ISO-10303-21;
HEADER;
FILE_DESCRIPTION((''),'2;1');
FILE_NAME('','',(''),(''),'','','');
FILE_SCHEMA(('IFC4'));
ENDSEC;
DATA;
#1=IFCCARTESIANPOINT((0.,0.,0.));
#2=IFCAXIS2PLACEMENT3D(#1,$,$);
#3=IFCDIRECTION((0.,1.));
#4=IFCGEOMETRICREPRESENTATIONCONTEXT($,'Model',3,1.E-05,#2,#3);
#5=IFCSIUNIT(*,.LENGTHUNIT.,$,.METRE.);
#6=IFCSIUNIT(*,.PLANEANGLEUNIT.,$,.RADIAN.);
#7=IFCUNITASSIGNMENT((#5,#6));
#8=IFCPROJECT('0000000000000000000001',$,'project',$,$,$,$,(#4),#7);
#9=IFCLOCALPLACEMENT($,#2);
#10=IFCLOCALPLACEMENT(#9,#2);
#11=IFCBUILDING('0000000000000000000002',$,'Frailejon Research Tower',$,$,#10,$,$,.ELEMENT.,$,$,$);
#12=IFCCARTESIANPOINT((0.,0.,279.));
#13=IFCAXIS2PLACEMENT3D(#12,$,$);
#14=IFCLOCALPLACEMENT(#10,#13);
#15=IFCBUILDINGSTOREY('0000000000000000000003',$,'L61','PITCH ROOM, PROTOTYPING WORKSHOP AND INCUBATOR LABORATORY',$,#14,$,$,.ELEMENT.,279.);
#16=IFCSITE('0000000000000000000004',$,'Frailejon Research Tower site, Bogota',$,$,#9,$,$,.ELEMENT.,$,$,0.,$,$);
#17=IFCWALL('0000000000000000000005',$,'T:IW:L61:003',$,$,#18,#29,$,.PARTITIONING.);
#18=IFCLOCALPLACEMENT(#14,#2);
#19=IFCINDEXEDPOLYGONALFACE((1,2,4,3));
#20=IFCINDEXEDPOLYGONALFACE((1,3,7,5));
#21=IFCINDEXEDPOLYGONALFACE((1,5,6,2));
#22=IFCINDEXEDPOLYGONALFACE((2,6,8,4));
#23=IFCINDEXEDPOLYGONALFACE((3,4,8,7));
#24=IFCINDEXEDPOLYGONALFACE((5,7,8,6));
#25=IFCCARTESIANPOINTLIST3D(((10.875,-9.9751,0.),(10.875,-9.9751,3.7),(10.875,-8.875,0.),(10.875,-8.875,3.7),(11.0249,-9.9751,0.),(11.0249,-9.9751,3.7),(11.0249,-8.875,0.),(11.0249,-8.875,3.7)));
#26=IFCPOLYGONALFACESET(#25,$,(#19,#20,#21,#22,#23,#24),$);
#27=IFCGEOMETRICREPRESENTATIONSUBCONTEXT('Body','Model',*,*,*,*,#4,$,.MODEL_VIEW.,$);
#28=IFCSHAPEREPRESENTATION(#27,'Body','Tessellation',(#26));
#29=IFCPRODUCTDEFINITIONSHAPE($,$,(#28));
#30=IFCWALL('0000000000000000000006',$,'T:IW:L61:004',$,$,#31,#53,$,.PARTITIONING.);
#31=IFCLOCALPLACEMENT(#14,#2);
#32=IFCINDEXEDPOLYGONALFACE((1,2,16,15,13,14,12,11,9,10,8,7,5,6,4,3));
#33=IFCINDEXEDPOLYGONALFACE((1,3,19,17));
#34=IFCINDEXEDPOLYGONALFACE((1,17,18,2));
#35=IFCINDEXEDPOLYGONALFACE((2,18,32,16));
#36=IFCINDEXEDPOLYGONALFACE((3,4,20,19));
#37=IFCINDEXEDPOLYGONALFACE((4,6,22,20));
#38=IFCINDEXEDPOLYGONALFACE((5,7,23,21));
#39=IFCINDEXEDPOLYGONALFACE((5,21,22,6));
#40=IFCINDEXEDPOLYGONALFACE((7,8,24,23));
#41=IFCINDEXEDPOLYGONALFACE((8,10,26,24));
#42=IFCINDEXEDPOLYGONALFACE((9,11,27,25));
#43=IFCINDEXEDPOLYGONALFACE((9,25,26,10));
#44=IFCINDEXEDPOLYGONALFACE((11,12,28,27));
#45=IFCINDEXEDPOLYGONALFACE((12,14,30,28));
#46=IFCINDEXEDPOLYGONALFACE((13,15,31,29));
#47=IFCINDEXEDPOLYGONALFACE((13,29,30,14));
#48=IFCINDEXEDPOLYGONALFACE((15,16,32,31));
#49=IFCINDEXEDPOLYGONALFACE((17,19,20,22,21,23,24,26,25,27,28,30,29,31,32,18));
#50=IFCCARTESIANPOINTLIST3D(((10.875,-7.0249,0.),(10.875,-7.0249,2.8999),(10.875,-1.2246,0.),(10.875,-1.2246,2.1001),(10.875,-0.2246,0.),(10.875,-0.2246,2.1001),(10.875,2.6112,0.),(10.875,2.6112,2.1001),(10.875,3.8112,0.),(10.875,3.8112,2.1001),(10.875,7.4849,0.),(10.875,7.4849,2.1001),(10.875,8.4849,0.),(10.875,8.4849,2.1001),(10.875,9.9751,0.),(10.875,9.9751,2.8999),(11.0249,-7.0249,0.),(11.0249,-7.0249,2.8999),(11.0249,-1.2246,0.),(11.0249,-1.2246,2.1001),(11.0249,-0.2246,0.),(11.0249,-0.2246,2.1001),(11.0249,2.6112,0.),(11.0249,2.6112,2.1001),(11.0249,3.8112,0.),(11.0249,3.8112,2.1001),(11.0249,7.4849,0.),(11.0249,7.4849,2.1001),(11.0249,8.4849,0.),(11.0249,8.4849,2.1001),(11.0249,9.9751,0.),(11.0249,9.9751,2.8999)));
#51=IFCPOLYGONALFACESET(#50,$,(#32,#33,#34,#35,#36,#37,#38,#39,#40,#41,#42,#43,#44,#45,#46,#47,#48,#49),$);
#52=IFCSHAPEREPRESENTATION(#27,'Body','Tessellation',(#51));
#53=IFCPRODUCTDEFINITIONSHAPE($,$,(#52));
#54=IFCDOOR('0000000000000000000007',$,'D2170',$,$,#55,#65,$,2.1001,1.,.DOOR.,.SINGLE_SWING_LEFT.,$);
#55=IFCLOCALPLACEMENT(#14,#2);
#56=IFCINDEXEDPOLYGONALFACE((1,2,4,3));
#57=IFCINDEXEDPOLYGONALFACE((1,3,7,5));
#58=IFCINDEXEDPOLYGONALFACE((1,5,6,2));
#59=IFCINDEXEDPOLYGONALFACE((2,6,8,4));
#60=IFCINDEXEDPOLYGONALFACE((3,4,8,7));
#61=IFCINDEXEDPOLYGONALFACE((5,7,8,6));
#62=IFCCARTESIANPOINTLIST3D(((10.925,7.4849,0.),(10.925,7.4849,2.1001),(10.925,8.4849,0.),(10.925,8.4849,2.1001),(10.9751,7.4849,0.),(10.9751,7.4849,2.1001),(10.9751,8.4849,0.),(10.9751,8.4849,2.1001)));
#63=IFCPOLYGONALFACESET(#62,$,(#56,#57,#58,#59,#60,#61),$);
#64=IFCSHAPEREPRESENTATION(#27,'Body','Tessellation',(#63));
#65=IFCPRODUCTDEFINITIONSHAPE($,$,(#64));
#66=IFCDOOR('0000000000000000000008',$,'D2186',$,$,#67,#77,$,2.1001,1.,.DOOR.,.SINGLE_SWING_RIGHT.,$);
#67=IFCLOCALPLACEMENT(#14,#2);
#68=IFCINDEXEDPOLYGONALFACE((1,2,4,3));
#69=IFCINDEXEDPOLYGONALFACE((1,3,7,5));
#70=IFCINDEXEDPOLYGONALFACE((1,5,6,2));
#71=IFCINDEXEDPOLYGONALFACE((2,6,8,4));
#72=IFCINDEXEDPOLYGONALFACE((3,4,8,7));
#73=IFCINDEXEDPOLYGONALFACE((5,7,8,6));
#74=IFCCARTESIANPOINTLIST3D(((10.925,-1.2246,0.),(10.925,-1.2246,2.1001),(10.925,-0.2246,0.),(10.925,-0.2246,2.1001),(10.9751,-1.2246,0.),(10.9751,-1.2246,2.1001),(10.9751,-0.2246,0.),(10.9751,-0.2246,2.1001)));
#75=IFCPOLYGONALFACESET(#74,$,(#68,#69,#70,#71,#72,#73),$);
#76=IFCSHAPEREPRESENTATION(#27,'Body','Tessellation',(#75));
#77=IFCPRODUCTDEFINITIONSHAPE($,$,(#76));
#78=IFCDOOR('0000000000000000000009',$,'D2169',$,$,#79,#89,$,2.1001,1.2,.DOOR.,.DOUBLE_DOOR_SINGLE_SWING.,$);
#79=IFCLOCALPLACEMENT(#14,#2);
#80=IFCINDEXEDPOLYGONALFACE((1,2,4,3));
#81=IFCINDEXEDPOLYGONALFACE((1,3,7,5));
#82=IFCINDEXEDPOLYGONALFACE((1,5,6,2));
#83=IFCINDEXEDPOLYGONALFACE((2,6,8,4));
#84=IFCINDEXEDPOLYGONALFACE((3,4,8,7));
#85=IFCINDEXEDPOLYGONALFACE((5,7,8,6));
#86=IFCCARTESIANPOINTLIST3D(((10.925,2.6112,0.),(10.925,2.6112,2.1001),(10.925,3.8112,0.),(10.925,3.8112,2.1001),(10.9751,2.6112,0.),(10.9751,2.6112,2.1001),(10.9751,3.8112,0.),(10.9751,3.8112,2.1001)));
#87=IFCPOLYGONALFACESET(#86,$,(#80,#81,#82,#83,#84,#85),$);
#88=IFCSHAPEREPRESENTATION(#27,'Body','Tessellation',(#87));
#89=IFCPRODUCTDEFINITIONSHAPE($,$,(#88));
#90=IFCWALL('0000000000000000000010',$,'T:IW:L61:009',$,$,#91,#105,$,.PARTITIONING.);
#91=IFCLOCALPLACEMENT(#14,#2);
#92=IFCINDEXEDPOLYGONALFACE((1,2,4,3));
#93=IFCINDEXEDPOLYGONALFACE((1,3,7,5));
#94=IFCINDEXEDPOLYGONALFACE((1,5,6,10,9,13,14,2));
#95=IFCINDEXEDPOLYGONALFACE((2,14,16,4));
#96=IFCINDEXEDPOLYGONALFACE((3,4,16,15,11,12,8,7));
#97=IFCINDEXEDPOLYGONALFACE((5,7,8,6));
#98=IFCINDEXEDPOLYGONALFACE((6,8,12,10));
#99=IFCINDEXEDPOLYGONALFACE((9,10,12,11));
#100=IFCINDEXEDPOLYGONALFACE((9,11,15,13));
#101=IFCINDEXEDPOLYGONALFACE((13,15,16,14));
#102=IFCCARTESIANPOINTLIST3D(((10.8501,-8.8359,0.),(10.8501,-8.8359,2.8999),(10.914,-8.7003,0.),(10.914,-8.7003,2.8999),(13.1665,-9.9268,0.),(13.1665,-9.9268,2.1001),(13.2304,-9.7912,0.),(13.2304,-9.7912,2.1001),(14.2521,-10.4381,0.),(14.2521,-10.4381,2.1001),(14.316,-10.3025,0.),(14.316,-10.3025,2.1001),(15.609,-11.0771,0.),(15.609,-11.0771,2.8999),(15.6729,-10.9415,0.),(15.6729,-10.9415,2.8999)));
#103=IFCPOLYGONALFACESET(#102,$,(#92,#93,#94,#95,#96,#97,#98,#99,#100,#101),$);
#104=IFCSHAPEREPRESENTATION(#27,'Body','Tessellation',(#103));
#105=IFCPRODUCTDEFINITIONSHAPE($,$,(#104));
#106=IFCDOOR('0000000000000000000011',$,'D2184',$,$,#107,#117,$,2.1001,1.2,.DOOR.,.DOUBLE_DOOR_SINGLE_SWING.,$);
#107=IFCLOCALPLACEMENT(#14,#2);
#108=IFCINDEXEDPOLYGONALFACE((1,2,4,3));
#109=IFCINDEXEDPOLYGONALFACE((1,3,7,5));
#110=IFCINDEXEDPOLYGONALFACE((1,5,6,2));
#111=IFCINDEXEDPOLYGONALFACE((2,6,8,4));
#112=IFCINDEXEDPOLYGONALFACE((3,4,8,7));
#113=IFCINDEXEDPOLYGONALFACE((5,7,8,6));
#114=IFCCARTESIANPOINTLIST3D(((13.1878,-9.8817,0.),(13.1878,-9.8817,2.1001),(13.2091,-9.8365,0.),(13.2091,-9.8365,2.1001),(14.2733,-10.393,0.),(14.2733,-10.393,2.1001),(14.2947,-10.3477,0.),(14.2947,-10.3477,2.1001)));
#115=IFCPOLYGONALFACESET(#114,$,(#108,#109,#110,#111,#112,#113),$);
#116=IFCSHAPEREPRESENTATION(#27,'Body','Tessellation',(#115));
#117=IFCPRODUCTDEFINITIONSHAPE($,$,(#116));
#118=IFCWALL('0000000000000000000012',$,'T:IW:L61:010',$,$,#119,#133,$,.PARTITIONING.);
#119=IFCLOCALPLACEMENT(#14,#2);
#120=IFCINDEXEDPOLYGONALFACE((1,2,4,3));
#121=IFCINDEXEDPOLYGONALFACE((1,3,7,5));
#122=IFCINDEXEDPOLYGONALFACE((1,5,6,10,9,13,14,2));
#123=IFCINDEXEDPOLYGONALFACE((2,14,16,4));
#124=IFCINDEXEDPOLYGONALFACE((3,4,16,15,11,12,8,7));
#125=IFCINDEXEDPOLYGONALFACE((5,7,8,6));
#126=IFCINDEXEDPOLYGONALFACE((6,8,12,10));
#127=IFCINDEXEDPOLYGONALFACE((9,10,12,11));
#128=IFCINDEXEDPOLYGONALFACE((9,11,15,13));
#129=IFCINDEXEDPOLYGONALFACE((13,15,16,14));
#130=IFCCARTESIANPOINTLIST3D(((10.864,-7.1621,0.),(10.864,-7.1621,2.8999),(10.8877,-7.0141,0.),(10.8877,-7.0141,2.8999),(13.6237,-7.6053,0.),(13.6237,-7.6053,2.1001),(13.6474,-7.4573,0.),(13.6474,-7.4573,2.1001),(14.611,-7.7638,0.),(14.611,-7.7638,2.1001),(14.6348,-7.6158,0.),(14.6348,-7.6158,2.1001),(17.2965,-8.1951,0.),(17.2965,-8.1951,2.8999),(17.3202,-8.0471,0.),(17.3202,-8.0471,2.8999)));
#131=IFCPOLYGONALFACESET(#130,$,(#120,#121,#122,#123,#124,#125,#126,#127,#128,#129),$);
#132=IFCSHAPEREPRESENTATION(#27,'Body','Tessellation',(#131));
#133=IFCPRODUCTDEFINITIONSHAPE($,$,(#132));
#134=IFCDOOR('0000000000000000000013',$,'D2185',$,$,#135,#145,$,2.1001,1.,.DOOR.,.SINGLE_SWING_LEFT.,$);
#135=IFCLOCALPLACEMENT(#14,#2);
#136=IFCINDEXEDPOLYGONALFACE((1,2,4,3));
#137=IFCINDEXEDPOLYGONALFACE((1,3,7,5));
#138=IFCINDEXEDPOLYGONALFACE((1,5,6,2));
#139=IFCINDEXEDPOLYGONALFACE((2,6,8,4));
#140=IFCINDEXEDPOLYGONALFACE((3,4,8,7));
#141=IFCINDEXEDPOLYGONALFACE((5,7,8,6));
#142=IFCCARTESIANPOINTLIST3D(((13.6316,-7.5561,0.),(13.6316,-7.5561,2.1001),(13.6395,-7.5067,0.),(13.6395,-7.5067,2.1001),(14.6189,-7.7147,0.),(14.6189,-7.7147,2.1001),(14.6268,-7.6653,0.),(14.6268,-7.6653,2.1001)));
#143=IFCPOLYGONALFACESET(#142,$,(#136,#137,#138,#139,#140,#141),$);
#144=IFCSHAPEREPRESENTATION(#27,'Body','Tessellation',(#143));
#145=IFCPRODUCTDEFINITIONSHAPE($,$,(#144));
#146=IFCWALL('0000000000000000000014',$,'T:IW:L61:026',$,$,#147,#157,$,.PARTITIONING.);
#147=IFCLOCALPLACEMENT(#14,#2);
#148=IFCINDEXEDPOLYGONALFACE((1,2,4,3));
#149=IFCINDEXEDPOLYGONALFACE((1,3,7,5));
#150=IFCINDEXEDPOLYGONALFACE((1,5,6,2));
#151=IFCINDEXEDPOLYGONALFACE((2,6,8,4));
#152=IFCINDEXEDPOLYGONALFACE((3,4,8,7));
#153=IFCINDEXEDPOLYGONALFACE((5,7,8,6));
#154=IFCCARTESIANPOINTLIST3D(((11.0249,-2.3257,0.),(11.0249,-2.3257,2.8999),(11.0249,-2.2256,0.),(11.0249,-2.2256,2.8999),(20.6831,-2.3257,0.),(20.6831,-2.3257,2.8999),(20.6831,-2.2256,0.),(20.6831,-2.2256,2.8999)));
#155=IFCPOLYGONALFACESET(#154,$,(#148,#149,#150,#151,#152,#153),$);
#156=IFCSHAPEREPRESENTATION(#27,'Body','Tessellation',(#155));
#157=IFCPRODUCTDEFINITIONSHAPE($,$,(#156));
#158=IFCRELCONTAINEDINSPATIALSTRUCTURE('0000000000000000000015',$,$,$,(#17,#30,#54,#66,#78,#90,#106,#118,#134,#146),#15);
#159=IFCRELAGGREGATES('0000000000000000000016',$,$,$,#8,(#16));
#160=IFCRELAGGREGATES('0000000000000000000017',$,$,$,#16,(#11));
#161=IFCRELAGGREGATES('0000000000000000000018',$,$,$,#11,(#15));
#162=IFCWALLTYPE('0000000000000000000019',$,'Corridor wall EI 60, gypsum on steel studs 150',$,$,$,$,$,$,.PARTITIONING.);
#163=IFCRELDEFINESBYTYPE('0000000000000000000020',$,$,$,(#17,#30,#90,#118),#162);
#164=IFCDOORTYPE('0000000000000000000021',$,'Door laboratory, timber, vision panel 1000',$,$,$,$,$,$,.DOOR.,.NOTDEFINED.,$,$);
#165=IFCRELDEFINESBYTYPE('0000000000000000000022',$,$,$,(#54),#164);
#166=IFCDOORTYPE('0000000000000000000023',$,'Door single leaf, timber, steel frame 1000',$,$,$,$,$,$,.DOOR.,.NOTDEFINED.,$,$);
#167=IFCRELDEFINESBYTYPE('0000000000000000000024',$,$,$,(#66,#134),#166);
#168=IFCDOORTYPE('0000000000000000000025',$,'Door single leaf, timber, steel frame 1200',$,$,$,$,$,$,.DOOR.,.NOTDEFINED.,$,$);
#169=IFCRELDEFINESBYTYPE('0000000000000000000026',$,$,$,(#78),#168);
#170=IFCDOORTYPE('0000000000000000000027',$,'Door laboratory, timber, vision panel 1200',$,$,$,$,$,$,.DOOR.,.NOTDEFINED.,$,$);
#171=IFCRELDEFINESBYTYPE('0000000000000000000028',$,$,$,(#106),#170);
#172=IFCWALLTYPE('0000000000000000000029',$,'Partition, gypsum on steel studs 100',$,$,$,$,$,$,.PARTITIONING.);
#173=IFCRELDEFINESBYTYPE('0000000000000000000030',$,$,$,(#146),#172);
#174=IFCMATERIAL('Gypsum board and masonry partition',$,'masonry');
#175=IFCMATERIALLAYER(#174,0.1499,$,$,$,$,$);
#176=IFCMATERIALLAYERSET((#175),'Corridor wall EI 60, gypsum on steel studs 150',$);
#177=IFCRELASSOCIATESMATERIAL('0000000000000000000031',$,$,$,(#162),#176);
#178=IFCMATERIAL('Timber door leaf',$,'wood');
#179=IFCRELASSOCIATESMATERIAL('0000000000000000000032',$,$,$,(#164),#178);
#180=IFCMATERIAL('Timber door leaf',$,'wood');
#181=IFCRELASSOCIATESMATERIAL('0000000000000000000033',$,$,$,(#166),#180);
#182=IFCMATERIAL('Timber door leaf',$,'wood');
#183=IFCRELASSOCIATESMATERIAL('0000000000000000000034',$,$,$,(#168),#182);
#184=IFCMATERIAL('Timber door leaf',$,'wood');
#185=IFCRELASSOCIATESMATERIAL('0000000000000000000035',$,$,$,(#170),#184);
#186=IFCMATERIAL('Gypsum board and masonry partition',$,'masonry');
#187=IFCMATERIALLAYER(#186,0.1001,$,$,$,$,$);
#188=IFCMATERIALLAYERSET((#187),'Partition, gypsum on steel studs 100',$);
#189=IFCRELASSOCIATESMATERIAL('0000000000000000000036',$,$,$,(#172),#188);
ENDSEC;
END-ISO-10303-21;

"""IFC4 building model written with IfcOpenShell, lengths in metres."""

from ifc_helpers import new_model, si_unit, direction, frame, frame_2d, origin, place, context, subcontext, project, spatial, rectangle, extrude, material, layer, layer_set, type_object, element, fill, save


model = new_model("IFC4")

# Units and contexts
model_context = context("Model", 3, precision=1e-05, world=origin(), true_north=direction((0.0, 1.0)))
body_context = subcontext(model_context, "Body", "Model", "MODEL_VIEW")
ifc_project = project(units=[si_unit("LENGTHUNIT", "METRE"), si_unit("PLANEANGLEUNIT", "RADIAN")], contexts=[model_context])

# Site, building, storey
site_placement = place(None, origin())
site = spatial("IfcSite", under=ifc_project, at=site_placement, Name="Frailejon Research Tower site, Bogota", CompositionType="ELEMENT", RefElevation=0.0)
building_placement = place(site_placement, origin())
building = spatial("IfcBuilding", under=site, at=building_placement, Name="Frailejon Research Tower", CompositionType="ELEMENT")
storey_placement = place(building_placement, frame((0.0, 0.0, 279.0)))
storey = spatial("IfcBuildingStorey", under=building, at=storey_placement, Name="L61", Description="PITCH ROOM, PROTOTYPING WORKSHOP AND INCUBATOR LABORATORY", CompositionType="ELEMENT", Elevation=279.0)

# Wall
ifc_material_1 = material(Name="Gypsum board and masonry partition", Category="masonry")
ifc_layer_1 = layer(ifc_material_1, 0.1499)
ifc_layer_set_1 = layer_set([ifc_layer_1], Name="Corridor wall EI 60, gypsum on steel studs 150")
wall_type_1 = type_object("IfcWallType", Name="Corridor wall EI 60, gypsum on steel studs 150", PredefinedType="PARTITIONING", material=ifc_layer_set_1)
wall_1_placement = place(storey_placement, frame((10.95, -9.9751, 0.0), z_axis=(0.0, 0.0, 1.0), x_axis=(0.0, 1.0, 0.0)))
element("IfcWall", 1, at=wall_1_placement, inside=storey, type_object=wall_type_1, Name="T:IW:L61:003", PredefinedType="PARTITIONING", context=body_context, shape_type="SweptSolid", body=[
    extrude(rectangle(XDim=1.1001, YDim=0.1499, at=frame_2d((0.55, 0.0))), origin(), (0.0, 0.0, 1.0), 3.7),
])

# Wall, openings, doors
wall_2_placement = place(storey_placement, frame((10.95, -7.0249, 0.0), z_axis=(0.0, 0.0, 1.0), x_axis=(0.0, 1.0, 0.0)))
wall_2 = element("IfcWall", 2, at=wall_2_placement, inside=storey, type_object=wall_type_1, Name="T:IW:L61:004", PredefinedType="PARTITIONING", context=body_context, shape_type="SweptSolid", body=[
    extrude(rectangle(XDim=17.0, YDim=0.1499, at=frame_2d((8.5, 0.0))), origin(), (0.0, 0.0, 1.0), 2.8999),
])
opening_1_placement = place(wall_2_placement, frame((9.636, 0.0, 0.0)))
opening_1 = element("IfcOpeningElement", 3, at=opening_1_placement, cuts=wall_2, PredefinedType="OPENING", context=body_context, shape_type="SweptSolid", body=[
    extrude(rectangle(XDim=1.2, YDim=2.1001, at=frame_2d((0.6001, 1.05))), frame((0.0, 0.085, 0.0), z_axis=(0.0, -1.0, 0.0), x_axis=(1.0, 0.0, 0.0)), (0.0, 0.0, 1.0), 0.1699),
])
opening_2_placement = place(wall_2_placement, frame((14.5098, 0.0, 0.0)))
opening_2 = element("IfcOpeningElement", 4, at=opening_2_placement, cuts=wall_2, PredefinedType="OPENING", context=body_context, shape_type="SweptSolid", body=[
    extrude(rectangle(XDim=1.0, YDim=2.1001, at=frame_2d((0.5, 1.05))), frame((0.0, 0.085, 0.0), z_axis=(0.0, -1.0, 0.0), x_axis=(1.0, 0.0, 0.0)), (0.0, 0.0, 1.0), 0.1699),
])
opening_3_placement = place(wall_2_placement, frame((5.8003, 0.0, 0.0)))
opening_3 = element("IfcOpeningElement", 5, at=opening_3_placement, cuts=wall_2, PredefinedType="OPENING", context=body_context, shape_type="SweptSolid", body=[
    extrude(rectangle(XDim=1.0, YDim=2.1001, at=frame_2d((0.5, 1.05))), frame((0.0, 0.085, 0.0), z_axis=(0.0, -1.0, 0.0), x_axis=(1.0, 0.0, 0.0)), (0.0, 0.0, 1.0), 0.1699),
])
ifc_material_2 = material(Name="Timber door leaf", Category="wood")
door_type_1 = type_object("IfcDoorType", Name="Door laboratory, timber, vision panel 1000", OperationType="NOTDEFINED", PredefinedType="DOOR", material=ifc_material_2)
door_1_placement = place(opening_2_placement, origin())
door_1 = element("IfcDoor", 6, at=door_1_placement, inside=storey, type_object=door_type_1, Name="D2170", OperationType="SINGLE_SWING_LEFT", OverallHeight=2.1001, OverallWidth=1.0, PredefinedType="DOOR", context=body_context, shape_type="SweptSolid", body=[
    extrude(rectangle(XDim=1.0, YDim=2.1001, at=frame_2d((0.5, 1.05))), frame((0.0, 0.0249, 0.0), z_axis=(0.0, -1.0, 0.0), x_axis=(1.0, 0.0, 0.0)), (0.0, 0.0, 1.0), 0.05),
])
fill(opening_2, door_1)
ifc_material_3 = material(Name="Timber door leaf", Category="wood")
door_type_2 = type_object("IfcDoorType", Name="Door single leaf, timber, steel frame 1000", OperationType="NOTDEFINED", PredefinedType="DOOR", material=ifc_material_3)
door_2_placement = place(opening_3_placement, origin())
door_2 = element("IfcDoor", 7, at=door_2_placement, inside=storey, type_object=door_type_2, Name="D2186", OperationType="SINGLE_SWING_RIGHT", OverallHeight=2.1001, OverallWidth=1.0, PredefinedType="DOOR", context=body_context, shape_type="SweptSolid", body=[
    extrude(rectangle(XDim=1.0, YDim=2.1001, at=frame_2d((0.5, 1.05))), frame((0.0, 0.0249, 0.0), z_axis=(0.0, -1.0, 0.0), x_axis=(1.0, 0.0, 0.0)), (0.0, 0.0, 1.0), 0.05),
])
fill(opening_3, door_2)
ifc_material_4 = material(Name="Timber door leaf", Category="wood")
door_type_3 = type_object("IfcDoorType", Name="Door single leaf, timber, steel frame 1200", OperationType="NOTDEFINED", PredefinedType="DOOR", material=ifc_material_4)
door_3_placement = place(opening_1_placement, origin())
door_3 = element("IfcDoor", 8, at=door_3_placement, inside=storey, type_object=door_type_3, Name="D2169", OperationType="DOUBLE_DOOR_SINGLE_SWING", OverallHeight=2.1001, OverallWidth=1.2, PredefinedType="DOOR", context=body_context, shape_type="SweptSolid", body=[
    extrude(rectangle(XDim=1.2, YDim=2.1001, at=frame_2d((0.6001, 1.05))), frame((0.0, 0.0249, 0.0), z_axis=(0.0, -1.0, 0.0), x_axis=(1.0, 0.0, 0.0)), (0.0, 0.0, 1.0), 0.05),
])
fill(opening_1, door_3)

# Walls, openings, doors
wall_3_placement = place(storey_placement, frame((10.8821, -8.7681, 0.0), z_axis=(0.0, 0.0, 1.0), x_axis=(0.904688, -0.426074, 0.0)))
wall_3 = element("IfcWall", 9, at=wall_3_placement, inside=storey, type_object=wall_type_1, Name="T:IW:L61:009", PredefinedType="PARTITIONING", context=body_context, shape_type="SweptSolid", body=[
    extrude(rectangle(XDim=5.2603, YDim=0.1499, at=frame_2d((2.6301, 0.0))), origin(), (0.0, 0.0, 1.0), 2.8999),
])
opening_4_placement = place(wall_3_placement, frame((2.5603, 0.0, 0.0)))
opening_4 = element("IfcOpeningElement", 10, at=opening_4_placement, cuts=wall_3, PredefinedType="OPENING", context=body_context, shape_type="SweptSolid", body=[
    extrude(rectangle(XDim=1.2, YDim=2.1001, at=frame_2d((0.6001, 1.05))), frame((0.0, 0.085, 0.0), z_axis=(0.0, -1.0, 0.0), x_axis=(1.0, 0.0, 0.0)), (0.0, 0.0, 1.0), 0.1699),
])
ifc_material_5 = material(Name="Timber door leaf", Category="wood")
door_type_4 = type_object("IfcDoorType", Name="Door laboratory, timber, vision panel 1200", OperationType="NOTDEFINED", PredefinedType="DOOR", material=ifc_material_5)
door_4_placement = place(opening_4_placement, origin())
door_4 = element("IfcDoor", 11, at=door_4_placement, inside=storey, type_object=door_type_4, Name="D2184", OperationType="DOUBLE_DOOR_SINGLE_SWING", OverallHeight=2.1001, OverallWidth=1.2, PredefinedType="DOOR", context=body_context, shape_type="SweptSolid", body=[
    extrude(rectangle(XDim=1.2, YDim=2.1001, at=frame_2d((0.6001, 1.05))), frame((0.0, 0.0249, 0.0), z_axis=(0.0, -1.0, 0.0), x_axis=(1.0, 0.0, 0.0)), (0.0, 0.0, 1.0), 0.05),
])
fill(opening_4, door_4)
wall_4_placement = place(storey_placement, frame((10.876, -7.0881, 0.0), z_axis=(0.0, 0.0, 1.0), x_axis=(0.98735, -0.158556, 0.0)))
wall_4 = element("IfcWall", 12, at=wall_4_placement, inside=storey, type_object=wall_type_1, Name="T:IW:L61:010", PredefinedType="PARTITIONING", context=body_context, shape_type="SweptSolid", body=[
    extrude(rectangle(XDim=6.5149, YDim=0.1499, at=frame_2d((3.2573, 0.0))), origin(), (0.0, 0.0, 1.0), 2.8999),
])
opening_5_placement = place(wall_4_placement, frame((2.7949, 0.0, 0.0)))
opening_5 = element("IfcOpeningElement", 13, at=opening_5_placement, cuts=wall_4, PredefinedType="OPENING", context=body_context, shape_type="SweptSolid", body=[
    extrude(rectangle(XDim=1.0, YDim=2.1001, at=frame_2d((0.5, 1.05))), frame((0.0, 0.085, 0.0), z_axis=(0.0, -1.0, 0.0), x_axis=(1.0, 0.0, 0.0)), (0.0, 0.0, 1.0), 0.1699),
])
door_5_placement = place(opening_5_placement, origin())
door_5 = element("IfcDoor", 14, at=door_5_placement, inside=storey, type_object=door_type_2, Name="D2185", OperationType="SINGLE_SWING_LEFT", OverallHeight=2.1001, OverallWidth=1.0, PredefinedType="DOOR", context=body_context, shape_type="SweptSolid", body=[
    extrude(rectangle(XDim=1.0, YDim=2.1001, at=frame_2d((0.5, 1.05))), frame((0.0, 0.0249, 0.0), z_axis=(0.0, -1.0, 0.0), x_axis=(1.0, 0.0, 0.0)), (0.0, 0.0, 1.0), 0.05),
])
fill(opening_5, door_5)

# Wall
ifc_material_6 = material(Name="Gypsum board and masonry partition", Category="masonry")
ifc_layer_2 = layer(ifc_material_6, 0.1001)
ifc_layer_set_2 = layer_set([ifc_layer_2], Name="Partition, gypsum on steel studs 100")
wall_type_2 = type_object("IfcWallType", Name="Partition, gypsum on steel studs 100", PredefinedType="PARTITIONING", material=ifc_layer_set_2)
wall_5_placement = place(storey_placement, frame((11.0249, -2.2756, 0.0), z_axis=(0.0, 0.0, 1.0), x_axis=(1.0, 0.0, 0.0)))
element("IfcWall", 15, at=wall_5_placement, inside=storey, type_object=wall_type_2, Name="T:IW:L61:026", PredefinedType="PARTITIONING", context=body_context, shape_type="SweptSolid", body=[
    extrude(rectangle(XDim=9.6582, YDim=0.1001, at=frame_2d((4.8291, 0.0))), origin(), (0.0, 0.0, 1.0), 2.8999),
])

save(model, "model.ifc")
